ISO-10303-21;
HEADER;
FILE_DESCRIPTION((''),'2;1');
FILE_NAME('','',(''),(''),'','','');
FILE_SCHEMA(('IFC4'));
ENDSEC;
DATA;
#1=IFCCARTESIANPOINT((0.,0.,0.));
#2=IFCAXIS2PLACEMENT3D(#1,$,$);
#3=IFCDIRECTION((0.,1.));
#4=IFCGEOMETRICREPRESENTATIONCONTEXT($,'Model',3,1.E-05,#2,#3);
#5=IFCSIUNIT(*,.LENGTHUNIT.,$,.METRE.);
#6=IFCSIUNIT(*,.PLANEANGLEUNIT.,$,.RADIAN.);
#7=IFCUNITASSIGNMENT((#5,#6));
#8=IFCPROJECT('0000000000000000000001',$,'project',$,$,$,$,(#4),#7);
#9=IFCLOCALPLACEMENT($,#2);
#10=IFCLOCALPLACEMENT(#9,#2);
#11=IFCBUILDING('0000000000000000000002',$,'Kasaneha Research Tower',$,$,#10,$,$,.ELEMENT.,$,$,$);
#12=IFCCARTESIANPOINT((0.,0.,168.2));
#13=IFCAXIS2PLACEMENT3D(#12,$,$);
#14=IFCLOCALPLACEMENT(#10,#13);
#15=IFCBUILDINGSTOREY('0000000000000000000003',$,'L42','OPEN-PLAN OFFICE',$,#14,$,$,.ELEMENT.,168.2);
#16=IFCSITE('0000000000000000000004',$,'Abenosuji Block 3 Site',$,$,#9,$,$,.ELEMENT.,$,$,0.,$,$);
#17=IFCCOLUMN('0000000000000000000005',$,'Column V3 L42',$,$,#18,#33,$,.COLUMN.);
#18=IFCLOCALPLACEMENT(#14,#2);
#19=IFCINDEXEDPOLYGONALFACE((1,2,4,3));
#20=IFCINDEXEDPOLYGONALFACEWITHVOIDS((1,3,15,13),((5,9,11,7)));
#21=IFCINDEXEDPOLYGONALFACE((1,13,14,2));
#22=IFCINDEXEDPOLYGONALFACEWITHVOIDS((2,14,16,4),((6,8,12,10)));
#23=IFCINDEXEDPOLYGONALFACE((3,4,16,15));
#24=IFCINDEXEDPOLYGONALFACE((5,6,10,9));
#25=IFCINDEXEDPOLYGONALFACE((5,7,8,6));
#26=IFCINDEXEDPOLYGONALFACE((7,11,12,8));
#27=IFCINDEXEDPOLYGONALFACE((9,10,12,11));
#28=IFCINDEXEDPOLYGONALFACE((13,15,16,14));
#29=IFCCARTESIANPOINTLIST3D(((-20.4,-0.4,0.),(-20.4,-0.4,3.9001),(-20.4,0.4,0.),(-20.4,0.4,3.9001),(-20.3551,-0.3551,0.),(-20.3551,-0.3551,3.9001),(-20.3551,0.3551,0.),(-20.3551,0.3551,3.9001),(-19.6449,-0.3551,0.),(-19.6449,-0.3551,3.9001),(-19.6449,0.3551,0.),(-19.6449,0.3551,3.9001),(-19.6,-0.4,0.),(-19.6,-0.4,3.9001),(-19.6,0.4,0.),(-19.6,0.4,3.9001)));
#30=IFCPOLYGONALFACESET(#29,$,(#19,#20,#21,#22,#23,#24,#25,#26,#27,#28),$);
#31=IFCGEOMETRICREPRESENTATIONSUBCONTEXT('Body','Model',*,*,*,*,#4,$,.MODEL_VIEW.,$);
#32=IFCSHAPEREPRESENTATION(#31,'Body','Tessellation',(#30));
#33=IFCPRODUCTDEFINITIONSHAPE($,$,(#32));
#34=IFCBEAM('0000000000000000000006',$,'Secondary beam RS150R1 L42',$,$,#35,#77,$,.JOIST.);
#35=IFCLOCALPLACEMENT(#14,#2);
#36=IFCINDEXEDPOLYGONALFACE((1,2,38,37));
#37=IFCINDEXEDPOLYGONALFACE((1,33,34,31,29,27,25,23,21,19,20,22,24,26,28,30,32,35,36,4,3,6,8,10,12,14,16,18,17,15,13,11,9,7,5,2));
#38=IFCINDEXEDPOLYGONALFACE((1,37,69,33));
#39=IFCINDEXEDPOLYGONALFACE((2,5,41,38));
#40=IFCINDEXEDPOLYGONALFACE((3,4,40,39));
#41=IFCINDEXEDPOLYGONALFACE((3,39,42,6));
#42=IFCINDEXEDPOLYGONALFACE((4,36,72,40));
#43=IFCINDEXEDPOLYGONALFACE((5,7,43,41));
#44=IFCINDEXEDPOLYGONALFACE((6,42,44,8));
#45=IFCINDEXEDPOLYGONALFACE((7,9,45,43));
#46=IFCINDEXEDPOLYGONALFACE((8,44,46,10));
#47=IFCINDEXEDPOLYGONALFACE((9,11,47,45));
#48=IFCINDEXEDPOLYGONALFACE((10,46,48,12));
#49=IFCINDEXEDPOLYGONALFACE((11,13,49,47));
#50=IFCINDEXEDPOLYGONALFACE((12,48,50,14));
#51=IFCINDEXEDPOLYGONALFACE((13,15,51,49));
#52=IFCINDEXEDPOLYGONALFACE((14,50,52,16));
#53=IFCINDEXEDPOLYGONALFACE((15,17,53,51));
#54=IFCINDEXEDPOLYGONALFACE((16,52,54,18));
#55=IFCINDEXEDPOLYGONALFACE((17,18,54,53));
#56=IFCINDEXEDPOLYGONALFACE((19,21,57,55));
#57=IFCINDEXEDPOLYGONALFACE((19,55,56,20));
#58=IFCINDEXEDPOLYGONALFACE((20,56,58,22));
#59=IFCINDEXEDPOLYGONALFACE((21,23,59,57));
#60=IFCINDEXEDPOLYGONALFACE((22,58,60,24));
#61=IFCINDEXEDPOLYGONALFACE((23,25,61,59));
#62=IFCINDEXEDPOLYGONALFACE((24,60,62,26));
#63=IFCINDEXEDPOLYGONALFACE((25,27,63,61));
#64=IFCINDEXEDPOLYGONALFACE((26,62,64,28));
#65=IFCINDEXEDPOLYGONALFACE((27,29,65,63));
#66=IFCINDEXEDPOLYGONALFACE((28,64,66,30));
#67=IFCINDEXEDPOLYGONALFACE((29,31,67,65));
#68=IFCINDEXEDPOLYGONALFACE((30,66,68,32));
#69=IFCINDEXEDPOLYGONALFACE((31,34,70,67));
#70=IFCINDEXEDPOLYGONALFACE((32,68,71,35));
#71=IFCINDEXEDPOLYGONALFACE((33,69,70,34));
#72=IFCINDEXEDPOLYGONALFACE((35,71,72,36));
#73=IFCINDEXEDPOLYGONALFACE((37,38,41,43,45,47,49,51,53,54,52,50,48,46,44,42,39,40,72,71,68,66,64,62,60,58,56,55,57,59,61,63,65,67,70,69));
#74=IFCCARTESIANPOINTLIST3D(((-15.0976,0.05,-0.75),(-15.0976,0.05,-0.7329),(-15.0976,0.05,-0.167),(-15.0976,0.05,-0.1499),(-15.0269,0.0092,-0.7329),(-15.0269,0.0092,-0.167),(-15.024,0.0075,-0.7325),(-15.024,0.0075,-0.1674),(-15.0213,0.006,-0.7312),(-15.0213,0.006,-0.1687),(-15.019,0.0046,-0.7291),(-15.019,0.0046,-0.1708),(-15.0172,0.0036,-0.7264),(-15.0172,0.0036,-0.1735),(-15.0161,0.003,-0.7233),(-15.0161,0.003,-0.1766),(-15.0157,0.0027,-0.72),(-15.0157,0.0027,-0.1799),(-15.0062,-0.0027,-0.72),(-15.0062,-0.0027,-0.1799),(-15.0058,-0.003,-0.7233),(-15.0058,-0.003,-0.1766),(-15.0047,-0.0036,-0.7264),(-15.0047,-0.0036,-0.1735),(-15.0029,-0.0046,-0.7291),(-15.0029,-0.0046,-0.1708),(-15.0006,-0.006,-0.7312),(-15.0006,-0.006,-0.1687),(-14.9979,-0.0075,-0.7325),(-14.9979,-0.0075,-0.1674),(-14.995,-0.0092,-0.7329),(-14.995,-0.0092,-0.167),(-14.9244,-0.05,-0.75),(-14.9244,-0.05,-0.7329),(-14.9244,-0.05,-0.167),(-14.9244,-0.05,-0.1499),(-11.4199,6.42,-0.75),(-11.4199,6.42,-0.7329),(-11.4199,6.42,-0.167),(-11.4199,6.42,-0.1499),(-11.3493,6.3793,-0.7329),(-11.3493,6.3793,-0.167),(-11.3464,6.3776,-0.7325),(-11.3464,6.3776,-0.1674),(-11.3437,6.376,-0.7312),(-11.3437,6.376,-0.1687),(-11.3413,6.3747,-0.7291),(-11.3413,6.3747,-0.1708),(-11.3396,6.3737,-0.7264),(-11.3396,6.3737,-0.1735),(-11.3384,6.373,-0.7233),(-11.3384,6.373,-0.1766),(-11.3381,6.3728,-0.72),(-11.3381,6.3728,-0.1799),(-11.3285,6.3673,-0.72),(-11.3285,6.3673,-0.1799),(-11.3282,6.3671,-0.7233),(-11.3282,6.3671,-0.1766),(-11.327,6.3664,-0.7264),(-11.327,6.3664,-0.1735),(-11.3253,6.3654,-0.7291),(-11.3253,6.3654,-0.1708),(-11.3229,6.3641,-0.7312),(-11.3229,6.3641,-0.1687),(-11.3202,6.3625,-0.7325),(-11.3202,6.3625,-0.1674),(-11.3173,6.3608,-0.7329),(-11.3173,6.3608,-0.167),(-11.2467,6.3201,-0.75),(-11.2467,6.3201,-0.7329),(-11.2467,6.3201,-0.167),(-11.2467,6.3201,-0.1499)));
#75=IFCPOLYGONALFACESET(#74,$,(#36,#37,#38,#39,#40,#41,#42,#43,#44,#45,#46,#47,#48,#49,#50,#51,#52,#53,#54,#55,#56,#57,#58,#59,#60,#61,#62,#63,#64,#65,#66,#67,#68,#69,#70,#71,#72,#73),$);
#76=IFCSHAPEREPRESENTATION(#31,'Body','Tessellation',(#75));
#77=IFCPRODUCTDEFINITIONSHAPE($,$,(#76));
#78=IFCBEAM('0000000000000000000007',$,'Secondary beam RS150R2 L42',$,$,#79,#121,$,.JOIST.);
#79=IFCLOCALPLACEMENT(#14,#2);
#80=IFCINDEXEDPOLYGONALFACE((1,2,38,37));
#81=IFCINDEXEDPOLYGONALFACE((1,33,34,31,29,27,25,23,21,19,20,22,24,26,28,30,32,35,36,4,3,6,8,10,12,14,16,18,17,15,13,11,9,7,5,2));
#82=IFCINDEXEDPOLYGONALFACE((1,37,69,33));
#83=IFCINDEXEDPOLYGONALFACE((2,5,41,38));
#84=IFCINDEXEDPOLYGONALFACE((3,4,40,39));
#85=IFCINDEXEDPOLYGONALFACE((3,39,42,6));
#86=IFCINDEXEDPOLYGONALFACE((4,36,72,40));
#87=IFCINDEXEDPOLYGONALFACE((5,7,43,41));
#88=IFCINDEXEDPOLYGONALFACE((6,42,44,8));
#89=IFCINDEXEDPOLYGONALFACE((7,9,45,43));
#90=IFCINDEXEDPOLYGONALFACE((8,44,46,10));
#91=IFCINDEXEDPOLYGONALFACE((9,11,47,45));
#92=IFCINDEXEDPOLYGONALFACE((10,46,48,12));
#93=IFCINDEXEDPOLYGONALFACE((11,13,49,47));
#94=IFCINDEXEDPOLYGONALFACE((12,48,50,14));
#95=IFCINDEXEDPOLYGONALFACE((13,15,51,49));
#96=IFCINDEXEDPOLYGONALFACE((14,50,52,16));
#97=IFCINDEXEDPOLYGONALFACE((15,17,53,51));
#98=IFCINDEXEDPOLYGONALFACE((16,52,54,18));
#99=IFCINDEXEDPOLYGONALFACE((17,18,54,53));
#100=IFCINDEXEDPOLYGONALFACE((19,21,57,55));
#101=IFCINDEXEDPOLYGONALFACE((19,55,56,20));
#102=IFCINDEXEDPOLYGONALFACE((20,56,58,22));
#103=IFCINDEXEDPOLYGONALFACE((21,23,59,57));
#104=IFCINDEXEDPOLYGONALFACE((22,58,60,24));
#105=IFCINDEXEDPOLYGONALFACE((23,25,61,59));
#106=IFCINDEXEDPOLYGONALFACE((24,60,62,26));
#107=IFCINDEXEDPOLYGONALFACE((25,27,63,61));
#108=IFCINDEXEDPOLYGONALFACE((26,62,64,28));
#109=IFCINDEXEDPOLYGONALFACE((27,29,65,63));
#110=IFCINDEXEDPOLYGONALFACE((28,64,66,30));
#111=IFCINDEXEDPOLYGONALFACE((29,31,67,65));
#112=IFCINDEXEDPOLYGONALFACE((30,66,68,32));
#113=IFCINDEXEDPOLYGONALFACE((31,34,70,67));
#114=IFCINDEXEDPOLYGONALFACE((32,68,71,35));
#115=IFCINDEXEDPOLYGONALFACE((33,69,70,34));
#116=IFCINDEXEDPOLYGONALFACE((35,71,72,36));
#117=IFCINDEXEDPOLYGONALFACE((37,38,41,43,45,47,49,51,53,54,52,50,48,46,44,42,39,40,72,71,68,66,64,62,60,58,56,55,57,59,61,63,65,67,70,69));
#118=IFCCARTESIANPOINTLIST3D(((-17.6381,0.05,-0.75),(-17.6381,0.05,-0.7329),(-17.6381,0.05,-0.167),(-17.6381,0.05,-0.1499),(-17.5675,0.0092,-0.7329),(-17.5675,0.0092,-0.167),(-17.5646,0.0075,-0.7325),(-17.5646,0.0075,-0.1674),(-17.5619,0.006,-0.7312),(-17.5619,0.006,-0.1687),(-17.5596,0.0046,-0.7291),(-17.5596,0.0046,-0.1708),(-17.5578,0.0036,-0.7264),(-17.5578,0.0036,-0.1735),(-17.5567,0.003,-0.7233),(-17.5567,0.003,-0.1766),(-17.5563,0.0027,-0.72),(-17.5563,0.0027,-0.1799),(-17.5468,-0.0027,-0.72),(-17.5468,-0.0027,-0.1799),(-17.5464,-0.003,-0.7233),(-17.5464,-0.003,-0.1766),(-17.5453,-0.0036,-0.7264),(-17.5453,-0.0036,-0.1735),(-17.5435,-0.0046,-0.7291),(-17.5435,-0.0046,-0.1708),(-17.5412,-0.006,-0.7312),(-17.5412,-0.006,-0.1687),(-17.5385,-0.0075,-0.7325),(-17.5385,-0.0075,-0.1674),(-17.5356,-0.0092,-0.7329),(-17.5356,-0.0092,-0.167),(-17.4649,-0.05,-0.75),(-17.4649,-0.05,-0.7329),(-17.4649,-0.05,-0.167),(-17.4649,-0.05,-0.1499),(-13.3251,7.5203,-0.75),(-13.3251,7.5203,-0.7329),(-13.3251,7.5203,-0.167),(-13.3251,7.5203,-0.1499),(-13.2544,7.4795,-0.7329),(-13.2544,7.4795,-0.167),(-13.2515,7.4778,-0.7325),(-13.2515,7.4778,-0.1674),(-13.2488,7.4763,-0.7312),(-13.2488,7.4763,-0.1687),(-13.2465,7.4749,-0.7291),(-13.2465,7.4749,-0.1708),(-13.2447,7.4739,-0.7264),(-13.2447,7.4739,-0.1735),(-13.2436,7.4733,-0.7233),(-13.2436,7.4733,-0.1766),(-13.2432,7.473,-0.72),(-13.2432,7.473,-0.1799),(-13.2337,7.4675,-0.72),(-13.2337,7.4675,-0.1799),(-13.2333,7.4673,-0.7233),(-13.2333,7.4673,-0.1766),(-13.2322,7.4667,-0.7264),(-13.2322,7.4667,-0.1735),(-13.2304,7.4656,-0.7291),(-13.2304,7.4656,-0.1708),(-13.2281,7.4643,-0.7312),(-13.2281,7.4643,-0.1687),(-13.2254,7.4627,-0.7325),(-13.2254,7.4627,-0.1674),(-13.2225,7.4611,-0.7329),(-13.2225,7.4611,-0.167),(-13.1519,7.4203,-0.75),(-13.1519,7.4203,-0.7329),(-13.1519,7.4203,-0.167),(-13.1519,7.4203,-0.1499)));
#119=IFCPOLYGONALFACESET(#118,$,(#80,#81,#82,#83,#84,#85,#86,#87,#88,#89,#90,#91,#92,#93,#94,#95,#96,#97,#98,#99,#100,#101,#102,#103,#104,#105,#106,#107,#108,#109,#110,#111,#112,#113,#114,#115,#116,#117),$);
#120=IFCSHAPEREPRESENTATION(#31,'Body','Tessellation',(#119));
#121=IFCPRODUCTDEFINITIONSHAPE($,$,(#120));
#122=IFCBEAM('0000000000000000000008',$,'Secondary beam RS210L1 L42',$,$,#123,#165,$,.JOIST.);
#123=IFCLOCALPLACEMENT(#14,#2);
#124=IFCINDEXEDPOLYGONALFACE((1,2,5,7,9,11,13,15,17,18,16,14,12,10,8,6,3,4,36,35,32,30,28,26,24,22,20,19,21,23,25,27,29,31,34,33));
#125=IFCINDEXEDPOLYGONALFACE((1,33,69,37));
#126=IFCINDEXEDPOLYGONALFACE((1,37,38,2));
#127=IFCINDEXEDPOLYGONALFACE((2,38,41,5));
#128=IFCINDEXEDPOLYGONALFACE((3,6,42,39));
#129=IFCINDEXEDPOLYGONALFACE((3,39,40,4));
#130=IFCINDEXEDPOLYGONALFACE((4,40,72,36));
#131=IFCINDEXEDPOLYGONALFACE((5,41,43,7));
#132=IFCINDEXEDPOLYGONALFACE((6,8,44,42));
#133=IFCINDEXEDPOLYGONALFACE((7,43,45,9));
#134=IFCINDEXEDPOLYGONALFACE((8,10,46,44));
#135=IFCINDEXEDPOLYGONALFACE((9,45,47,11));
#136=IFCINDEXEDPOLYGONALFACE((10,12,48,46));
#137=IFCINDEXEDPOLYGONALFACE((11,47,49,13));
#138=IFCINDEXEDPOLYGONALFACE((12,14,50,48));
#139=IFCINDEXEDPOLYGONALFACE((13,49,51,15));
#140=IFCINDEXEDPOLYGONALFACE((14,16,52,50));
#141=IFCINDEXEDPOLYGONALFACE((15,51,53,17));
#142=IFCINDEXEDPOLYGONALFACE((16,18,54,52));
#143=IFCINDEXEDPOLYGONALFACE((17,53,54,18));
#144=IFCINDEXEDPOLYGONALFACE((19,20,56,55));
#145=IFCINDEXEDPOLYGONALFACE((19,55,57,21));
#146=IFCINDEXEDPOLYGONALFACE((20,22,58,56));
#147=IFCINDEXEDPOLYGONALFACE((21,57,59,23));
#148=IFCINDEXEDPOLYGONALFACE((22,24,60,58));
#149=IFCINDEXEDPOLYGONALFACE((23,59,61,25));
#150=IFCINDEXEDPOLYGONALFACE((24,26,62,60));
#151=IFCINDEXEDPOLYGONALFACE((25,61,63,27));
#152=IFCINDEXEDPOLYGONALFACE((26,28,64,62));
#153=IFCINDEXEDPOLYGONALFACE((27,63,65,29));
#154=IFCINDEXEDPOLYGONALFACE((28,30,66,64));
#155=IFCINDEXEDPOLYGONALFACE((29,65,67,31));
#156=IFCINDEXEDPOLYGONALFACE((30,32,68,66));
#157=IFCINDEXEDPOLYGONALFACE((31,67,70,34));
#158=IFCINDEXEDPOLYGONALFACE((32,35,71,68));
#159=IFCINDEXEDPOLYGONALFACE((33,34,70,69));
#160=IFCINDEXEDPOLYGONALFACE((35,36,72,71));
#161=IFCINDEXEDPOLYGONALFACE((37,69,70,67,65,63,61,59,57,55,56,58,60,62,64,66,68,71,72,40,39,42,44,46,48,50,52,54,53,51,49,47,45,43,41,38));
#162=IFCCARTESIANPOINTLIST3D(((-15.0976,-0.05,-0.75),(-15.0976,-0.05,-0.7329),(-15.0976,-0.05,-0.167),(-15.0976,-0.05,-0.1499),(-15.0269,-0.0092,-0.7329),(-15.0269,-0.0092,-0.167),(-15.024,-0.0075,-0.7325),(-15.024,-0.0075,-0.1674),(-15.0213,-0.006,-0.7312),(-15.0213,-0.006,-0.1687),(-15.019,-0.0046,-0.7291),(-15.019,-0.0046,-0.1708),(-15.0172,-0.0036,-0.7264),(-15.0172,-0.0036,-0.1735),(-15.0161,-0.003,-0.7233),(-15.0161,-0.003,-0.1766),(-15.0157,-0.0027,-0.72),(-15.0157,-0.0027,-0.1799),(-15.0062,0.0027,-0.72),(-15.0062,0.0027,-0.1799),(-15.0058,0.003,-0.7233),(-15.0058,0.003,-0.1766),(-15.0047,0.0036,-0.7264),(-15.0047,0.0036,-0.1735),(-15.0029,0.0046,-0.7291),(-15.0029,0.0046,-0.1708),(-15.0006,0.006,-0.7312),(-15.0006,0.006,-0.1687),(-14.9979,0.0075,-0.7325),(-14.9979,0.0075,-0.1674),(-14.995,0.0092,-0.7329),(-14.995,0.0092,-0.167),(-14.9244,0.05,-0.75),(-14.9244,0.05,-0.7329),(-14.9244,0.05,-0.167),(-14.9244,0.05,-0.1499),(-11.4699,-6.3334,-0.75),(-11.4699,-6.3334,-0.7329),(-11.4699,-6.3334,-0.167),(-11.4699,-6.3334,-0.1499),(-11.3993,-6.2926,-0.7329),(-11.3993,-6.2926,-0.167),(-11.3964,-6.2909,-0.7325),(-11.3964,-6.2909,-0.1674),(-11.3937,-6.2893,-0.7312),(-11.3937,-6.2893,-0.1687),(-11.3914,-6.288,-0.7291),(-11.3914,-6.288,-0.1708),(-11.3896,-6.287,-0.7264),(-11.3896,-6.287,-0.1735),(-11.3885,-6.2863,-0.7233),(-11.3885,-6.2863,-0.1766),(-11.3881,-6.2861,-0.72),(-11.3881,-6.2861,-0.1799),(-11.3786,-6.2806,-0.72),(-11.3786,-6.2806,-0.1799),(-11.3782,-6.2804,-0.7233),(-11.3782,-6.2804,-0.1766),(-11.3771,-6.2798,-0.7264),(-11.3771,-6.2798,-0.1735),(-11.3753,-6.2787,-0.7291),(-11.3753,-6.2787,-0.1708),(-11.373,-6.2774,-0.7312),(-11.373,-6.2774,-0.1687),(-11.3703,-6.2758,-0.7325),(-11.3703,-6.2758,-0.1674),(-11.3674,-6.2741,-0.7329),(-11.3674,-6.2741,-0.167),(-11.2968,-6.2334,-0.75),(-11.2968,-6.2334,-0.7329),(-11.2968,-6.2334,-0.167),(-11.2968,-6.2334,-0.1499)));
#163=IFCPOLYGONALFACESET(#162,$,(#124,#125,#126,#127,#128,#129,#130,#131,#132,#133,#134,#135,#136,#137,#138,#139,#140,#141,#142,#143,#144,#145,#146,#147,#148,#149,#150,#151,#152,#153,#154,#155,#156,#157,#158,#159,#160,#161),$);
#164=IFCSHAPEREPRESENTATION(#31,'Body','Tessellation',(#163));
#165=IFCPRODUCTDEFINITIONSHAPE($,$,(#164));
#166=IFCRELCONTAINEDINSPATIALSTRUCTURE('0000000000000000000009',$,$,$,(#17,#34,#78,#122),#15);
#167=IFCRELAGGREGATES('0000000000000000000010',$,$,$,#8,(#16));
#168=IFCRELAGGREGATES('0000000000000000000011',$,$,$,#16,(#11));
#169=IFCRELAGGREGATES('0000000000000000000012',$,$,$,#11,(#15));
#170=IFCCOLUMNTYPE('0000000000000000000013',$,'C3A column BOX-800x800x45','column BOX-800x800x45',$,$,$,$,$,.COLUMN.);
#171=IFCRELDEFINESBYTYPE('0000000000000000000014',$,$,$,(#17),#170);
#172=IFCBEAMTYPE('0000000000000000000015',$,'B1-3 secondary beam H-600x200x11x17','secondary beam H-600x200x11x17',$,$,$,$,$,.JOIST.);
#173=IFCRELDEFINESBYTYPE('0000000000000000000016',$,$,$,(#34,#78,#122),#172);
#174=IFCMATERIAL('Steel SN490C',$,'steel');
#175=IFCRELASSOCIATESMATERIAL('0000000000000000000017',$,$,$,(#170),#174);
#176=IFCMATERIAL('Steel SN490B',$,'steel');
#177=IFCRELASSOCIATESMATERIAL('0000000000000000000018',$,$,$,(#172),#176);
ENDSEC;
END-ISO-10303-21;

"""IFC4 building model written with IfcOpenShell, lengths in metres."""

from ifc_helpers import new_model, si_unit, direction, frame, origin, origin_2d, place, context, subcontext, project, spatial, hollow_rectangle, i_section, extrude, material, material_profile, profile_set, type_object, element, save


model = new_model("IFC4")

# Units and contexts
model_context = context("Model", 3, precision=1e-05, world=origin(), true_north=direction((0.0, 1.0)))
body_context = subcontext(model_context, "Body", "Model", "MODEL_VIEW")
ifc_project = project(units=[si_unit("LENGTHUNIT", "METRE"), si_unit("PLANEANGLEUNIT", "RADIAN")], contexts=[model_context])

# Site, building, storey
site_placement = place(None, origin())
site = spatial("IfcSite", under=ifc_project, at=site_placement, Name="Abenosuji Block 3 Site", CompositionType="ELEMENT", RefElevation=0.0)
building_placement = place(site_placement, origin())
building = spatial("IfcBuilding", under=site, at=building_placement, Name="Kasaneha Research Tower", CompositionType="ELEMENT")
storey_placement = place(building_placement, frame((0.0, 0.0, 168.2)))
storey = spatial("IfcBuildingStorey", under=building, at=storey_placement, Name="L42", Description="OPEN-PLAN OFFICE", CompositionType="ELEMENT", Elevation=168.2)

# Column
ifc_material_1 = material(Name="Steel SN490C", Category="steel")
ifc_material_profile_1 = material_profile(ifc_material_1, hollow_rectangle(XDim=0.8, YDim=0.8, WallThickness=0.0449, at=origin_2d()), Name="BOX-800x800x45")
ifc_profile_set_1 = profile_set([ifc_material_profile_1], Name="Steel SN490C")
column_type = type_object("IfcColumnType", Name="C3A column BOX-800x800x45", Description="column BOX-800x800x45", PredefinedType="COLUMN", material=ifc_profile_set_1)
column_placement = place(storey_placement, frame((-20.0, 0.0, 0.0), z_axis=(0.0, 0.0, 1.0), x_axis=(1.0, 0.0, 0.0)))
element("IfcColumn", 1, at=column_placement, inside=storey, type_object=column_type, Name="Column V3 L42", PredefinedType="COLUMN", context=body_context, shape_type="SweptSolid", body=[
    extrude(hollow_rectangle(XDim=0.8, YDim=0.8, WallThickness=0.0449, at=origin_2d()), origin(), (0.0, 0.0, 1.0), 3.9001),
])

# Beams
ifc_material_2 = material(Name="Steel SN490B", Category="steel")
ifc_material_profile_2 = material_profile(ifc_material_2, i_section(OverallWidth=0.2, OverallDepth=0.6001, WebThickness=0.011, FlangeThickness=0.0171, FilletRadius=0.0129, at=origin_2d()), Name="H-600x200x11x17")
ifc_profile_set_2 = profile_set([ifc_material_profile_2], Name="Steel SN490B")
beam_type_1 = type_object("IfcBeamType", Name="B1-3 secondary beam H-600x200x11x17", Description="secondary beam H-600x200x11x17", PredefinedType="JOIST", material=ifc_profile_set_2)
beam_1_placement = place(storey_placement, frame((-15.011, 0.0, -0.45), z_axis=(0.499994, 0.866029, 0.0), x_axis=(-0.866029, 0.499994, 0.0)))
element("IfcBeam", 2, at=beam_1_placement, inside=storey, type_object=beam_type_1, Name="Secondary beam RS150R1 L42", PredefinedType="JOIST", context=body_context, shape_type="SweptSolid", body=[
    extrude(i_section(OverallWidth=0.2, OverallDepth=0.6001, WebThickness=0.011, FlangeThickness=0.0171, FilletRadius=0.0129, at=origin_2d()), origin(), (0.0, 0.0, 1.0), 7.3555),
])
beam_2_placement = place(storey_placement, frame((-17.5515, 0.0, -0.45), z_axis=(0.500005, 0.866023, 0.0), x_axis=(-0.866023, 0.500005, 0.0)))
element("IfcBeam", 3, at=beam_2_placement, inside=storey, type_object=beam_type_1, Name="Secondary beam RS150R2 L42", PredefinedType="JOIST", context=body_context, shape_type="SweptSolid", body=[
    extrude(i_section(OverallWidth=0.2, OverallDepth=0.6001, WebThickness=0.011, FlangeThickness=0.0171, FilletRadius=0.0129, at=origin_2d()), origin(), (0.0, 0.0, 1.0), 8.626),
])
beam_3_placement = place(storey_placement, frame((-15.011, 0.0, -0.45), z_axis=(0.499993, -0.866029, 0.0), x_axis=(0.866029, 0.499993, 0.0)))
element("IfcBeam", 4, at=beam_3_placement, inside=storey, type_object=beam_type_1, Name="Secondary beam RS210L1 L42", PredefinedType="JOIST", context=body_context, shape_type="SweptSolid", body=[
    extrude(i_section(OverallWidth=0.2, OverallDepth=0.6001, WebThickness=0.011, FlangeThickness=0.0171, FilletRadius=0.0129, at=origin_2d()), origin(), (0.0, 0.0, 1.0), 7.2554),
])

save(model, "model.ifc")
